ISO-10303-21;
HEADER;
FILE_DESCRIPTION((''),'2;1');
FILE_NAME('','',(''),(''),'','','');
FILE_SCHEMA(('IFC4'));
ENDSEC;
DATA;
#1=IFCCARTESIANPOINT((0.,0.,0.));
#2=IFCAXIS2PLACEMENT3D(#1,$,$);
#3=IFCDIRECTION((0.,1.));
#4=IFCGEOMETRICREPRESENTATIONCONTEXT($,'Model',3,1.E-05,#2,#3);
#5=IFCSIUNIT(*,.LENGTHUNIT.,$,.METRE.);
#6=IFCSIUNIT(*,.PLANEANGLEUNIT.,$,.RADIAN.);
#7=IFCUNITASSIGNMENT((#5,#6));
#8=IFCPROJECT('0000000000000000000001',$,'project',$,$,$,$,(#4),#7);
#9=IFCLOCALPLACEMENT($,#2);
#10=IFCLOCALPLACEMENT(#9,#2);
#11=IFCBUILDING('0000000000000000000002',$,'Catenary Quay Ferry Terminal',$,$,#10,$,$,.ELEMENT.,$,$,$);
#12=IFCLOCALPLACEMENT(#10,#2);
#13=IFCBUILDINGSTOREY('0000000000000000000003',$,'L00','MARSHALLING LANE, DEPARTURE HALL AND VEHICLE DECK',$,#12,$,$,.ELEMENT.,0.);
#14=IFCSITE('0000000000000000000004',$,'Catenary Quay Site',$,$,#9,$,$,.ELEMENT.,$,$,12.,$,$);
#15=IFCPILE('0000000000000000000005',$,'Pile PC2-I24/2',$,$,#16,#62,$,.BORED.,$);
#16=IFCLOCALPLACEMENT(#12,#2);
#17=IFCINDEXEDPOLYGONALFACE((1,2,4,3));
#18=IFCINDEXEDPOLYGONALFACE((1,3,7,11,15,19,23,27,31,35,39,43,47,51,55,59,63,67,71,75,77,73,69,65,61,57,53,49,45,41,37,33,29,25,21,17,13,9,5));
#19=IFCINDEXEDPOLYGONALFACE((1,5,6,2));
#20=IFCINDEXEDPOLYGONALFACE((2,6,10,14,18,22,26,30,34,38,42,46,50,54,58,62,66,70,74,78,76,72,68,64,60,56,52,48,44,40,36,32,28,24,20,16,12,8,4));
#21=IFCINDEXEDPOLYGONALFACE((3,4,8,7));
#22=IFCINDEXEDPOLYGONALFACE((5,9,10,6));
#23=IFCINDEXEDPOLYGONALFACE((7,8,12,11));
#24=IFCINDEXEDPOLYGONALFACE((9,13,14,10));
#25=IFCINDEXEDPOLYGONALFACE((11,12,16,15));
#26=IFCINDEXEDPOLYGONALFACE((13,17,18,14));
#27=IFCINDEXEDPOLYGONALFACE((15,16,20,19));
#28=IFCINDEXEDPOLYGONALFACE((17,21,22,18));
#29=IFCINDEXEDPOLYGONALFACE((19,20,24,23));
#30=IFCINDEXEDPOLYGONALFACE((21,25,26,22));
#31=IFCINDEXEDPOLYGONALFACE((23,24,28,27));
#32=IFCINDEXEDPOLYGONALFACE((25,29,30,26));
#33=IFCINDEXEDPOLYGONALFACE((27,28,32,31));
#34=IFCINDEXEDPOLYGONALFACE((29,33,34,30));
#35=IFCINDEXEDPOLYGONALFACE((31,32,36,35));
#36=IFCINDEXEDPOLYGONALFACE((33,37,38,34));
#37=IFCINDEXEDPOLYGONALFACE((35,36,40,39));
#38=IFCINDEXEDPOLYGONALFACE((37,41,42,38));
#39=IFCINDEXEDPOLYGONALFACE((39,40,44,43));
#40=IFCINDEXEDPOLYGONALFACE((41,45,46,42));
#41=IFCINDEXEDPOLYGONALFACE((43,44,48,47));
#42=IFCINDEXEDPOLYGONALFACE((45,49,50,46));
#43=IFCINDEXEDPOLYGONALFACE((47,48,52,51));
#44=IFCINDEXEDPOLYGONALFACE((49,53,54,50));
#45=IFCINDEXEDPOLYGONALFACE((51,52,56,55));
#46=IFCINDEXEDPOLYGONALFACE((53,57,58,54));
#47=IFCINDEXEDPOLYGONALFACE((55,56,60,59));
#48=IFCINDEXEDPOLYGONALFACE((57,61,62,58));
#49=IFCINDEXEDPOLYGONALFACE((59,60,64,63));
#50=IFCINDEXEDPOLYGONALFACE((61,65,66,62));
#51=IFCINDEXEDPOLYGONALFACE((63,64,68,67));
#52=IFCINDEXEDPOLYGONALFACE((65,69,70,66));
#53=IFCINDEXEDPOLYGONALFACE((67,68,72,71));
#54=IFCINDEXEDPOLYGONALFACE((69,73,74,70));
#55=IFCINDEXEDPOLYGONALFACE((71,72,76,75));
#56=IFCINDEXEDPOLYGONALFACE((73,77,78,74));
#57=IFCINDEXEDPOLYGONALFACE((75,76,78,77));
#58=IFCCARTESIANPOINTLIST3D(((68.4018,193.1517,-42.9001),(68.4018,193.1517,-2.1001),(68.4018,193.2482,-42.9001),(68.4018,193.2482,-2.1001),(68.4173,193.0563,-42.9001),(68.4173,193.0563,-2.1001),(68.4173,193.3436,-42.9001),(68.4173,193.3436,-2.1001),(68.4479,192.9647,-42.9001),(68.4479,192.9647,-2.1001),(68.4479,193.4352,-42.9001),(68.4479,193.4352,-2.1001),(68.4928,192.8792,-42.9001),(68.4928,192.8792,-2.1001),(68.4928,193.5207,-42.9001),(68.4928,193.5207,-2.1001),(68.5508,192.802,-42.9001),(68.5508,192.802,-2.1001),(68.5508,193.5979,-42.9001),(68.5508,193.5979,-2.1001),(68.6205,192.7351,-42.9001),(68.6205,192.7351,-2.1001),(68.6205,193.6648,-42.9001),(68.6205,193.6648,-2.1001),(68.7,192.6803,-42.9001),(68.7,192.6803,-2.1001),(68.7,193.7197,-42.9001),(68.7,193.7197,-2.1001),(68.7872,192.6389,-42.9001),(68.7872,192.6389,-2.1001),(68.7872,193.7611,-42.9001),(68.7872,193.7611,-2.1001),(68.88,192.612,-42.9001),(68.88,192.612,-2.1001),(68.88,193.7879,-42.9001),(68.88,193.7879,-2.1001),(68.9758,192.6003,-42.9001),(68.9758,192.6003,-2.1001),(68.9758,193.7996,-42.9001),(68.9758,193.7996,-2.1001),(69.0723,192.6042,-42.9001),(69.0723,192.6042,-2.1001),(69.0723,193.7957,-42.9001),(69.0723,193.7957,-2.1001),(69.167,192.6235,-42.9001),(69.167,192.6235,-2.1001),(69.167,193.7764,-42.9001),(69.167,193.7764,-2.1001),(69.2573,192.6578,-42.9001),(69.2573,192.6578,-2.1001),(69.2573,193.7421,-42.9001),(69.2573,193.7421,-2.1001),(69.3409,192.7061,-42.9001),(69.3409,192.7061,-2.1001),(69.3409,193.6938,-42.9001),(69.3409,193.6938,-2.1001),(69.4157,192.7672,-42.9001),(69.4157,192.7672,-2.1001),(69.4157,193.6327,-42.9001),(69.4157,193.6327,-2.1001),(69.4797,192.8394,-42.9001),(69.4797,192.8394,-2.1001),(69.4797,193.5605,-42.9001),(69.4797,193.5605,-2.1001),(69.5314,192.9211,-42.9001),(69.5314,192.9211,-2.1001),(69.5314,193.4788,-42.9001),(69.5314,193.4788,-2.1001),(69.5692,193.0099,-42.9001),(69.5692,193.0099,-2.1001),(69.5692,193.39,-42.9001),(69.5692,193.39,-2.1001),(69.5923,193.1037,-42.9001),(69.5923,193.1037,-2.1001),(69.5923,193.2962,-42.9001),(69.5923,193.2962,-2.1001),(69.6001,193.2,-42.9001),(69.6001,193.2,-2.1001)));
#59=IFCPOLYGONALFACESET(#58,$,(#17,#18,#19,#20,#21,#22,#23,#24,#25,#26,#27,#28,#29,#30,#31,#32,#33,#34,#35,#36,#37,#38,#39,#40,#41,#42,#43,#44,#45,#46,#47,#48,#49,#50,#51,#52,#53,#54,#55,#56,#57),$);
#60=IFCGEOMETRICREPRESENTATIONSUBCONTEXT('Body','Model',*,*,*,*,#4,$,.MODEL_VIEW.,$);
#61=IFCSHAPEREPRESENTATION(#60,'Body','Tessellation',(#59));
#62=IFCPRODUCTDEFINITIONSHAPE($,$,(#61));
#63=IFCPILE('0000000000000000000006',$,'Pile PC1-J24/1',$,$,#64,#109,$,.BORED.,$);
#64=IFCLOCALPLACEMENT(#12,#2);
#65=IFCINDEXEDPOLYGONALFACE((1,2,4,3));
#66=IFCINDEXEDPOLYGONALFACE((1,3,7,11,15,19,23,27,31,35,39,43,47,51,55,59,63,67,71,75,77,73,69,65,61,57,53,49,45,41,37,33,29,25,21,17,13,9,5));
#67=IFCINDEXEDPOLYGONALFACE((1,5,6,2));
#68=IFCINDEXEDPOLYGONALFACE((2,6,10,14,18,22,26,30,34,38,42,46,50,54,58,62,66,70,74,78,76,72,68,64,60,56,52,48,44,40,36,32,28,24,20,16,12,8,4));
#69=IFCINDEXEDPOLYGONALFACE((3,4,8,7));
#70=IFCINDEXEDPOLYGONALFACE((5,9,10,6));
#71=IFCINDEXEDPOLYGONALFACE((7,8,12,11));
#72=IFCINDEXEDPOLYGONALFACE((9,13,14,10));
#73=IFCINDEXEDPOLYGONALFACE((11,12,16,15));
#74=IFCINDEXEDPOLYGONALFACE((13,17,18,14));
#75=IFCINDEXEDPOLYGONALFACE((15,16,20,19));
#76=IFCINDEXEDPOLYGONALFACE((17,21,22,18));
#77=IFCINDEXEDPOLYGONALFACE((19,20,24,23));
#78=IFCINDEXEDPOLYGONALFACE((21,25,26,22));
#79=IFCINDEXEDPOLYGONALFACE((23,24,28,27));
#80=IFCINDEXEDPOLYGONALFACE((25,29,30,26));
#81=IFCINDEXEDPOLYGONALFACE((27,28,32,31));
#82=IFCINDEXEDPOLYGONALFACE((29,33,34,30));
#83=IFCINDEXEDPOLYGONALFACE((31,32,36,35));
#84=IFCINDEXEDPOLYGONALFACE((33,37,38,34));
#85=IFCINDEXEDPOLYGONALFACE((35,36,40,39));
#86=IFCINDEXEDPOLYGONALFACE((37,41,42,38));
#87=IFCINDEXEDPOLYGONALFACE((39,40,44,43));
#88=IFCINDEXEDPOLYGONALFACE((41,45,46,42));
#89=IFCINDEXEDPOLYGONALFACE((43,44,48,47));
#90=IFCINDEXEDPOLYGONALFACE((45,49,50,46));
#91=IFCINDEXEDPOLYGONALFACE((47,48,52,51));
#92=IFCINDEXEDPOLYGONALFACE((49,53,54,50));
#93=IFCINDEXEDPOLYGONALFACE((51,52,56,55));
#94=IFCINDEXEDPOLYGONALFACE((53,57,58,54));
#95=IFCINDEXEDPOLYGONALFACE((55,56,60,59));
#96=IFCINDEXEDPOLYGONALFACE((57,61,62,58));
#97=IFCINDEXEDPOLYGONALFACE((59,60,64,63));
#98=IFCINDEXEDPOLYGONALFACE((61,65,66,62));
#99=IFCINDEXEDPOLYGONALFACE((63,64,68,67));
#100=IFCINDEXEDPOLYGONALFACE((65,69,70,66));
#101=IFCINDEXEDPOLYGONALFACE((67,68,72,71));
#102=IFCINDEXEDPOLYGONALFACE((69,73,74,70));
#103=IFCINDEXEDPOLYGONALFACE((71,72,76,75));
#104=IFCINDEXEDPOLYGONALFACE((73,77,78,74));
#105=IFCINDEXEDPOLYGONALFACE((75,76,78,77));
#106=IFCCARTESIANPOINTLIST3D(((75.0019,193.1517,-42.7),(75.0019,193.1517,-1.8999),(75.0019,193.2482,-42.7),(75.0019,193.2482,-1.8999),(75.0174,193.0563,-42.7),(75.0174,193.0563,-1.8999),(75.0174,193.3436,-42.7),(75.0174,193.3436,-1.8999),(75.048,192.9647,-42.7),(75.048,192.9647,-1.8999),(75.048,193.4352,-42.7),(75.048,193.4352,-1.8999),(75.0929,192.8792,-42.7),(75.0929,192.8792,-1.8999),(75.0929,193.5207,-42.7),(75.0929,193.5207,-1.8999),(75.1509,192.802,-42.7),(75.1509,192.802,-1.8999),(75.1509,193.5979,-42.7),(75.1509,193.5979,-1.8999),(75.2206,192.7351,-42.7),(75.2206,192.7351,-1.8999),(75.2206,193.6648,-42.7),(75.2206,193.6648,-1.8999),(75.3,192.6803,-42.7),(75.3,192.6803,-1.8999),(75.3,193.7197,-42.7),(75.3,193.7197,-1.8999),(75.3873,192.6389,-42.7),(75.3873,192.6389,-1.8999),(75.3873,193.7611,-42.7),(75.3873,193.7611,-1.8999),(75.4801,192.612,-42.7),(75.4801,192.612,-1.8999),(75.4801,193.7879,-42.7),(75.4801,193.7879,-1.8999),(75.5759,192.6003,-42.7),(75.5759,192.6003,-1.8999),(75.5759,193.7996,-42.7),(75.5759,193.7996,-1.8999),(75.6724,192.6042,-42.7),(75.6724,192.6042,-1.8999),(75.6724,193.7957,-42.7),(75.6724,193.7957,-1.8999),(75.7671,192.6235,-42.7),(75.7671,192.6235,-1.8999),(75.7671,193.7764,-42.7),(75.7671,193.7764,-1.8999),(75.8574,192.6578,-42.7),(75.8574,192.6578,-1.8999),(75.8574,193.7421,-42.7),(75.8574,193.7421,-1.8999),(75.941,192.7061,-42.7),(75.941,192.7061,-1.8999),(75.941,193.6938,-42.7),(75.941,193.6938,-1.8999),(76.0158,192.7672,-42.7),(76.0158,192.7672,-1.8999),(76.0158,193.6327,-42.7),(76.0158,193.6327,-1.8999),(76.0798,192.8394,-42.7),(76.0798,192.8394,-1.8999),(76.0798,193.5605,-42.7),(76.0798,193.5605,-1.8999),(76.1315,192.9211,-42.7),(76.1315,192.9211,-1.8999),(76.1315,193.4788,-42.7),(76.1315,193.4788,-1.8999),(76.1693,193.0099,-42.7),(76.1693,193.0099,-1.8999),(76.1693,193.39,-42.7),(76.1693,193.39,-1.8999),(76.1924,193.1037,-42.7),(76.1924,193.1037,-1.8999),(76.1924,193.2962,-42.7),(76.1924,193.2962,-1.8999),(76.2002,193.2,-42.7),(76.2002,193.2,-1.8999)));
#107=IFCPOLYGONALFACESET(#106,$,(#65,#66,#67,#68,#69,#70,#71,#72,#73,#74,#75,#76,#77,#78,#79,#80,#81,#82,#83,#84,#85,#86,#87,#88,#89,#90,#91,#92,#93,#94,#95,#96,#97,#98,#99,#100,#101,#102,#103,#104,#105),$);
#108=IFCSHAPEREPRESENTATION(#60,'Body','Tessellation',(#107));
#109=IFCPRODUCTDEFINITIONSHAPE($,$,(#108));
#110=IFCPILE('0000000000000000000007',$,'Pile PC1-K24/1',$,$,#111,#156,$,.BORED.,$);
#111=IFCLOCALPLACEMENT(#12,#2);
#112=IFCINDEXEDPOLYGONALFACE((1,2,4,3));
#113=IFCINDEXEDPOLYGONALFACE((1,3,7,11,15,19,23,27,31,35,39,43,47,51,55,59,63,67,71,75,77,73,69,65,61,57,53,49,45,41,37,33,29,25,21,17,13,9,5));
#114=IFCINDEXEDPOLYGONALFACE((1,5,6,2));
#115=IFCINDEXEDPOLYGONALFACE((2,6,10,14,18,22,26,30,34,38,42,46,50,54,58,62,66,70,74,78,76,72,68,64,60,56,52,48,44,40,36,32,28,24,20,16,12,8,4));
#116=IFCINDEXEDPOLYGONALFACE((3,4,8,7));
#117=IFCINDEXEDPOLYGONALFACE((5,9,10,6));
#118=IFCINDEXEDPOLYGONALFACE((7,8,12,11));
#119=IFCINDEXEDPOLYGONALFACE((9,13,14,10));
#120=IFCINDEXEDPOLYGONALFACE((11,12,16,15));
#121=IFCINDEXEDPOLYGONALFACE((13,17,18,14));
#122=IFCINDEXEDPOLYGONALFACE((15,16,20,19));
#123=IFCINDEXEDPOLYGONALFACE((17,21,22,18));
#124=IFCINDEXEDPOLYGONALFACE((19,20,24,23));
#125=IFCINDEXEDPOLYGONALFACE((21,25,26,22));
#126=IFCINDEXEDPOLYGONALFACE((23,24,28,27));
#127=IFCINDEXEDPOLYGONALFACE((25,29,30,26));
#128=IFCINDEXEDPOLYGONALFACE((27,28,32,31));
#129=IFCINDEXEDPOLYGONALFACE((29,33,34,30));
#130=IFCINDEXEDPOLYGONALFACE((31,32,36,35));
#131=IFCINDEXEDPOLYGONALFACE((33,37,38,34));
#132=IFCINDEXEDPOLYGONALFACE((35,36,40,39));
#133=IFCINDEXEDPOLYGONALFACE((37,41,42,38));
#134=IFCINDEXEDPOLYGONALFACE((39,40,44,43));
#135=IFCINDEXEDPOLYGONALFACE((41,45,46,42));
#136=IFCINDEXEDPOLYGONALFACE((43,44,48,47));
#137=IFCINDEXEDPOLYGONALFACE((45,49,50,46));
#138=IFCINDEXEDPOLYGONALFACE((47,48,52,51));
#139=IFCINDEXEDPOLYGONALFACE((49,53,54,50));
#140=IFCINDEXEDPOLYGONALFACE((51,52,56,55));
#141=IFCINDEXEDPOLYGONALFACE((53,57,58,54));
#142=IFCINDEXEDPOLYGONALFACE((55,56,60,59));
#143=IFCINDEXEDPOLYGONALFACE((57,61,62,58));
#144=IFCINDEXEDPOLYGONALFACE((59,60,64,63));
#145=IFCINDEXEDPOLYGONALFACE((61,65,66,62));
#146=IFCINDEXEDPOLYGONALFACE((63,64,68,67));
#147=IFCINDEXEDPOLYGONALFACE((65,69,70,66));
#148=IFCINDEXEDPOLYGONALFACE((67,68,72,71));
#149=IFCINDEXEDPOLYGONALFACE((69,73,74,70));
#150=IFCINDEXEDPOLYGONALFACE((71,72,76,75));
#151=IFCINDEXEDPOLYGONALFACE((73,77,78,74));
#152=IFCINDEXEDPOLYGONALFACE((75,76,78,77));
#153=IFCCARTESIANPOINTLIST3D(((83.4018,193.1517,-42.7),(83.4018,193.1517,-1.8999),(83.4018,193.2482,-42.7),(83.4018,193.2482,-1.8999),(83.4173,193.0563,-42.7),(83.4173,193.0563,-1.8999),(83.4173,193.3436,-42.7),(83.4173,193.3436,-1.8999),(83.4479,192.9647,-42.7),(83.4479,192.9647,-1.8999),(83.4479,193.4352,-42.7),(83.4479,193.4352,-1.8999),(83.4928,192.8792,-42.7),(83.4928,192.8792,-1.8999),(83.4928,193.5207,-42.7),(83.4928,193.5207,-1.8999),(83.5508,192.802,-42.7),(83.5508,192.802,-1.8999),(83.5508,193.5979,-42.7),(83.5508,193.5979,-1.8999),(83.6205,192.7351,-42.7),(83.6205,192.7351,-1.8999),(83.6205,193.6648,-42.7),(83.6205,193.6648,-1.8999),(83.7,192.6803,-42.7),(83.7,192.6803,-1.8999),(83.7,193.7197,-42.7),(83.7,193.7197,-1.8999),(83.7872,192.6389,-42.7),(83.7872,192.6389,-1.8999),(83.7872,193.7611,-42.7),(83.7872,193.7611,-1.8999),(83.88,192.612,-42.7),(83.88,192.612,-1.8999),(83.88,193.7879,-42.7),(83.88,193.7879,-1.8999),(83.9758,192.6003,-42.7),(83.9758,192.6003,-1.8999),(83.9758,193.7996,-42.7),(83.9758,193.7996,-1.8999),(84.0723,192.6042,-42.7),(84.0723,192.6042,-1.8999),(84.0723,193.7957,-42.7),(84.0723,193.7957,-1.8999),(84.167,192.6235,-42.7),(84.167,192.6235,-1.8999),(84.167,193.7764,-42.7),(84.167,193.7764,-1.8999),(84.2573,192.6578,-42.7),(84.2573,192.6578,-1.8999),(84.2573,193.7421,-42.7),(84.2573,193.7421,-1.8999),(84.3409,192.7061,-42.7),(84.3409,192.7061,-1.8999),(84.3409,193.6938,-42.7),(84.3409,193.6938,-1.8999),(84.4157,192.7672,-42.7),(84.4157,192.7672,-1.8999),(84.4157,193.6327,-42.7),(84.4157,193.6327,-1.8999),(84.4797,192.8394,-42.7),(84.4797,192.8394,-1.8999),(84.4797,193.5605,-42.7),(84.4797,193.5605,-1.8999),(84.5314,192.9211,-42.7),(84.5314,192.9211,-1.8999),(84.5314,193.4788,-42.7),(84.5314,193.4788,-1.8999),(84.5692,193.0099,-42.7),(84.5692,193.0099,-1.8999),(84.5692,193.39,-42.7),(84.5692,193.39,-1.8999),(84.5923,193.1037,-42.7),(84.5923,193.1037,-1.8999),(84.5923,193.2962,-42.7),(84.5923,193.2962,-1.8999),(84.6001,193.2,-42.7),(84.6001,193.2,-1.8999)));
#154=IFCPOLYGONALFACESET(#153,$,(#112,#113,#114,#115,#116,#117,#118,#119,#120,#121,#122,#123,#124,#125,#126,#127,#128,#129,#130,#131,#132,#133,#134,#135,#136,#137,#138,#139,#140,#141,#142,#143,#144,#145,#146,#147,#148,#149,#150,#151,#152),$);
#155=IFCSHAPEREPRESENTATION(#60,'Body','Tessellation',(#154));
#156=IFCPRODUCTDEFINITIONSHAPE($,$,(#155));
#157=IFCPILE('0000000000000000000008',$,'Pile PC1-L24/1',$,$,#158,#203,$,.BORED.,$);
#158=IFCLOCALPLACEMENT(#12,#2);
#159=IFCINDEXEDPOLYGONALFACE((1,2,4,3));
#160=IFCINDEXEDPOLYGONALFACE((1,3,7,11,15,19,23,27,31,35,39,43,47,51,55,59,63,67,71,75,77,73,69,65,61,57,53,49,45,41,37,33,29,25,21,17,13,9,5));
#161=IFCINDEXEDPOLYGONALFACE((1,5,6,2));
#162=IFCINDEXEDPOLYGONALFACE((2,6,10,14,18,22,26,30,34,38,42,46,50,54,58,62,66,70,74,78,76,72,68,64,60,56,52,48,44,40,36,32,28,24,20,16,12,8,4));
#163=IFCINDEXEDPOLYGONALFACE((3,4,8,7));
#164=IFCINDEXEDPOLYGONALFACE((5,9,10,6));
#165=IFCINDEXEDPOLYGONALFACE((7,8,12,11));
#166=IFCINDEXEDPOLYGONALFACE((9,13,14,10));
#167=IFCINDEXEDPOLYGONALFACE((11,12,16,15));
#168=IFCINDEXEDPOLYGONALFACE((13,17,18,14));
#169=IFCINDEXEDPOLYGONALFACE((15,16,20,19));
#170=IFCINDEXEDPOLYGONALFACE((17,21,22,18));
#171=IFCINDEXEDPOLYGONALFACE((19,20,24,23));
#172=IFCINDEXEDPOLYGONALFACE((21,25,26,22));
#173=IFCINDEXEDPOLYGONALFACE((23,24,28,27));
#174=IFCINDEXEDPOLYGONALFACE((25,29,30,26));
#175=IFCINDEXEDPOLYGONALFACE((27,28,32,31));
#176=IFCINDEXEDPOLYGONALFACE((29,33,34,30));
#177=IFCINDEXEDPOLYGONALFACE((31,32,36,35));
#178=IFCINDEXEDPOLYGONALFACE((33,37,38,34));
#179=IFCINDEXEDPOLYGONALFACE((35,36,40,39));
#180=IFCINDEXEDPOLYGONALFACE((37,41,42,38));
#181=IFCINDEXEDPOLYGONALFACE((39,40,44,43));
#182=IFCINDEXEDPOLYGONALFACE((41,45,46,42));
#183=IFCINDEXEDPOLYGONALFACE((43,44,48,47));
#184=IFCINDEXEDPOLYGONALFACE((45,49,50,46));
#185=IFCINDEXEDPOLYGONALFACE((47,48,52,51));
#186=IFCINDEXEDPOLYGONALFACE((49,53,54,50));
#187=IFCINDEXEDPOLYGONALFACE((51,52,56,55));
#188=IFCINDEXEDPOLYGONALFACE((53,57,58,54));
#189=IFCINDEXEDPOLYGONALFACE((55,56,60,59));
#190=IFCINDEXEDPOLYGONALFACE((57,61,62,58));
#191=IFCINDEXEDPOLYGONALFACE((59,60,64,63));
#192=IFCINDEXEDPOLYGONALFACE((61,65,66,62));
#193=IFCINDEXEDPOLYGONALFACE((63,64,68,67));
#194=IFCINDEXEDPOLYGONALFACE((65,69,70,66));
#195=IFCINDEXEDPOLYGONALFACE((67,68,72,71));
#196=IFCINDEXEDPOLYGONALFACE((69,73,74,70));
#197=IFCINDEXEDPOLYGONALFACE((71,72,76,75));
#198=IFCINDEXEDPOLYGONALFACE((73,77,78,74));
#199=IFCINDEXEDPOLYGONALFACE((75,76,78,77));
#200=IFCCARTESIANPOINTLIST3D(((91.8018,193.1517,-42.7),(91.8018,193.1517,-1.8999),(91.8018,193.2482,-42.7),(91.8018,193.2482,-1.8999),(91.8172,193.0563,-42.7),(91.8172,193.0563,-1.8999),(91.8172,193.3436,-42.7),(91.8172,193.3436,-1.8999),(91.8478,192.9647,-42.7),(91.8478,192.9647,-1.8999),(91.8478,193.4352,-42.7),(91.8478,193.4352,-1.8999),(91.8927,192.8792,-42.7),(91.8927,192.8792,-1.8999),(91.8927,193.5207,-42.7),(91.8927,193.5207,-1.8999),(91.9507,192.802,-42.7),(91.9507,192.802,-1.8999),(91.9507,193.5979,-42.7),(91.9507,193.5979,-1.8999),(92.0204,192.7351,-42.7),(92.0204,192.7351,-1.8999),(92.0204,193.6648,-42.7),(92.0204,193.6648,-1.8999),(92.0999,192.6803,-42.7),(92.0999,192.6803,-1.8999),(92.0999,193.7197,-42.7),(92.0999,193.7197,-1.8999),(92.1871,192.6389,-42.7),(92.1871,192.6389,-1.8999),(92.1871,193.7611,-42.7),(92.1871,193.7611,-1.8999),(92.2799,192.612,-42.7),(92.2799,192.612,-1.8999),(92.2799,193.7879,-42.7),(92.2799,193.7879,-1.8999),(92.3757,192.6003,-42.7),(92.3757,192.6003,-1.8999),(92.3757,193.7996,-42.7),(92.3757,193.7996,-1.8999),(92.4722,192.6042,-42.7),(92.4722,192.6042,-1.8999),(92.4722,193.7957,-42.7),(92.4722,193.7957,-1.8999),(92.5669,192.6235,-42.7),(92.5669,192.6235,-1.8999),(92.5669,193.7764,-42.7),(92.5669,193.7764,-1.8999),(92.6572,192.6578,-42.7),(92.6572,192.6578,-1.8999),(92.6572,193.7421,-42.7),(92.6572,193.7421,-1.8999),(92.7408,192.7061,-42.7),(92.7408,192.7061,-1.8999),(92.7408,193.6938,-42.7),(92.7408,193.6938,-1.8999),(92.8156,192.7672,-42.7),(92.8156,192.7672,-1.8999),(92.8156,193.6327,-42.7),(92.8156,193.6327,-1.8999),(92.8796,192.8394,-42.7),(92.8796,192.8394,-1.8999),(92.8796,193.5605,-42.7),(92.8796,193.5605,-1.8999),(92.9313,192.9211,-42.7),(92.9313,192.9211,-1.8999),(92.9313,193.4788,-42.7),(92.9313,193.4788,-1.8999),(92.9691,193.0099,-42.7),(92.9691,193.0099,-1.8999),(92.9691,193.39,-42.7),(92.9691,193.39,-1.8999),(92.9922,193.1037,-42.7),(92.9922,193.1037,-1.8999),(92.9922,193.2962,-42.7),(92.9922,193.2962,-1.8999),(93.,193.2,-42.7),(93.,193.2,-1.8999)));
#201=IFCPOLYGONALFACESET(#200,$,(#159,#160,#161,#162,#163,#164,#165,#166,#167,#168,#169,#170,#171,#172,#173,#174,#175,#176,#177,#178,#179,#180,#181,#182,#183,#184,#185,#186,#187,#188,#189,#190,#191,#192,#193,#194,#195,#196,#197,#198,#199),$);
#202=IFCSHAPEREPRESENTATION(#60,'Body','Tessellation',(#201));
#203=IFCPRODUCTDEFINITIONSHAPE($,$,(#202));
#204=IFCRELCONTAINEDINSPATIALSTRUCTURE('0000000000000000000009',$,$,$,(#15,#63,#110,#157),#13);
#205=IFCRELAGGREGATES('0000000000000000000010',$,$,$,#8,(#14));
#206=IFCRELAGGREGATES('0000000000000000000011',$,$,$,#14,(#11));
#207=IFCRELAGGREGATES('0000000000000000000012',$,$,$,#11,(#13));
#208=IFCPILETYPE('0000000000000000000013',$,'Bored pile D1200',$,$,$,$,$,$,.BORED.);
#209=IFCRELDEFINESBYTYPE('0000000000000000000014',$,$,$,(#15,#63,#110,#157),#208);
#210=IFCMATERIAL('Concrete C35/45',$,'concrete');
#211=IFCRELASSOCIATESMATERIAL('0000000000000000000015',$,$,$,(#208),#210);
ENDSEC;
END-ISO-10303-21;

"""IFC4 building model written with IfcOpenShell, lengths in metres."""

from ifc_helpers import new_model, si_unit, direction, frame, origin, origin_2d, place, context, subcontext, project, spatial, circle, extrude, material, material_profile, profile_set, type_object, element, save


model = new_model("IFC4")

# Units and contexts
model_context = context("Model", 3, precision=1e-05, world=origin(), true_north=direction((0.0, 1.0)))
body_context = subcontext(model_context, "Body", "Model", "MODEL_VIEW")
ifc_project = project(units=[si_unit("LENGTHUNIT", "METRE"), si_unit("PLANEANGLEUNIT", "RADIAN")], contexts=[model_context])

# Site, building, storey
site_placement = place(None, origin())
site = spatial("IfcSite", under=ifc_project, at=site_placement, Name="Catenary Quay Site", CompositionType="ELEMENT", RefElevation=12.0)
building_placement = place(site_placement, origin())
building = spatial("IfcBuilding", under=site, at=building_placement, Name="Catenary Quay Ferry Terminal", CompositionType="ELEMENT")
storey_placement = place(building_placement, origin())
storey = spatial("IfcBuildingStorey", under=building, at=storey_placement, Name="L00", Description="MARSHALLING LANE, DEPARTURE HALL AND VEHICLE DECK", CompositionType="ELEMENT", Elevation=0.0)

# Piles
ifc_material_1 = material(Name="Concrete C35/45", Category="concrete")
ifc_material_profile = material_profile(ifc_material_1, circle(Radius=0.6001, at=origin_2d()), Name="D1200")
ifc_profile_set = profile_set([ifc_material_profile], Name="Concrete C35/45")
pile_type = type_object("IfcPileType", Name="Bored pile D1200", PredefinedType="BORED", material=ifc_profile_set)
for number, where, z_axis, x_axis, name in (
    (1, (69.0, 193.2, -2.1001), (0.0, 0.0, -1.0), (1.0, 0.0, 0.0), "Pile PC2-I24/2"),
    (2, (75.6001, 193.2, -1.8999), (0.0, 0.0, -1.0), (1.0, 0.0, 0.0), "Pile PC1-J24/1"),
    (3, (84.0, 193.2, -1.8999), (0.0, 0.0, -1.0), (1.0, 0.0, 0.0), "Pile PC1-K24/1"),
    (4, (92.3999, 193.2, -1.8999), (0.0, 0.0, -1.0), (1.0, 0.0, 0.0), "Pile PC1-L24/1"),
):
    element("IfcPile", number, at=place(storey_placement, frame(where, z_axis=z_axis, x_axis=x_axis)), inside=storey, type_object=pile_type, Name=name, PredefinedType="BORED", context=body_context, shape_type="SweptSolid", body=[
        extrude(circle(Radius=0.6001, at=origin_2d()), origin(), (0.0, 0.0, 1.0), 40.8),
    ])

save(model, "model.ifc")
